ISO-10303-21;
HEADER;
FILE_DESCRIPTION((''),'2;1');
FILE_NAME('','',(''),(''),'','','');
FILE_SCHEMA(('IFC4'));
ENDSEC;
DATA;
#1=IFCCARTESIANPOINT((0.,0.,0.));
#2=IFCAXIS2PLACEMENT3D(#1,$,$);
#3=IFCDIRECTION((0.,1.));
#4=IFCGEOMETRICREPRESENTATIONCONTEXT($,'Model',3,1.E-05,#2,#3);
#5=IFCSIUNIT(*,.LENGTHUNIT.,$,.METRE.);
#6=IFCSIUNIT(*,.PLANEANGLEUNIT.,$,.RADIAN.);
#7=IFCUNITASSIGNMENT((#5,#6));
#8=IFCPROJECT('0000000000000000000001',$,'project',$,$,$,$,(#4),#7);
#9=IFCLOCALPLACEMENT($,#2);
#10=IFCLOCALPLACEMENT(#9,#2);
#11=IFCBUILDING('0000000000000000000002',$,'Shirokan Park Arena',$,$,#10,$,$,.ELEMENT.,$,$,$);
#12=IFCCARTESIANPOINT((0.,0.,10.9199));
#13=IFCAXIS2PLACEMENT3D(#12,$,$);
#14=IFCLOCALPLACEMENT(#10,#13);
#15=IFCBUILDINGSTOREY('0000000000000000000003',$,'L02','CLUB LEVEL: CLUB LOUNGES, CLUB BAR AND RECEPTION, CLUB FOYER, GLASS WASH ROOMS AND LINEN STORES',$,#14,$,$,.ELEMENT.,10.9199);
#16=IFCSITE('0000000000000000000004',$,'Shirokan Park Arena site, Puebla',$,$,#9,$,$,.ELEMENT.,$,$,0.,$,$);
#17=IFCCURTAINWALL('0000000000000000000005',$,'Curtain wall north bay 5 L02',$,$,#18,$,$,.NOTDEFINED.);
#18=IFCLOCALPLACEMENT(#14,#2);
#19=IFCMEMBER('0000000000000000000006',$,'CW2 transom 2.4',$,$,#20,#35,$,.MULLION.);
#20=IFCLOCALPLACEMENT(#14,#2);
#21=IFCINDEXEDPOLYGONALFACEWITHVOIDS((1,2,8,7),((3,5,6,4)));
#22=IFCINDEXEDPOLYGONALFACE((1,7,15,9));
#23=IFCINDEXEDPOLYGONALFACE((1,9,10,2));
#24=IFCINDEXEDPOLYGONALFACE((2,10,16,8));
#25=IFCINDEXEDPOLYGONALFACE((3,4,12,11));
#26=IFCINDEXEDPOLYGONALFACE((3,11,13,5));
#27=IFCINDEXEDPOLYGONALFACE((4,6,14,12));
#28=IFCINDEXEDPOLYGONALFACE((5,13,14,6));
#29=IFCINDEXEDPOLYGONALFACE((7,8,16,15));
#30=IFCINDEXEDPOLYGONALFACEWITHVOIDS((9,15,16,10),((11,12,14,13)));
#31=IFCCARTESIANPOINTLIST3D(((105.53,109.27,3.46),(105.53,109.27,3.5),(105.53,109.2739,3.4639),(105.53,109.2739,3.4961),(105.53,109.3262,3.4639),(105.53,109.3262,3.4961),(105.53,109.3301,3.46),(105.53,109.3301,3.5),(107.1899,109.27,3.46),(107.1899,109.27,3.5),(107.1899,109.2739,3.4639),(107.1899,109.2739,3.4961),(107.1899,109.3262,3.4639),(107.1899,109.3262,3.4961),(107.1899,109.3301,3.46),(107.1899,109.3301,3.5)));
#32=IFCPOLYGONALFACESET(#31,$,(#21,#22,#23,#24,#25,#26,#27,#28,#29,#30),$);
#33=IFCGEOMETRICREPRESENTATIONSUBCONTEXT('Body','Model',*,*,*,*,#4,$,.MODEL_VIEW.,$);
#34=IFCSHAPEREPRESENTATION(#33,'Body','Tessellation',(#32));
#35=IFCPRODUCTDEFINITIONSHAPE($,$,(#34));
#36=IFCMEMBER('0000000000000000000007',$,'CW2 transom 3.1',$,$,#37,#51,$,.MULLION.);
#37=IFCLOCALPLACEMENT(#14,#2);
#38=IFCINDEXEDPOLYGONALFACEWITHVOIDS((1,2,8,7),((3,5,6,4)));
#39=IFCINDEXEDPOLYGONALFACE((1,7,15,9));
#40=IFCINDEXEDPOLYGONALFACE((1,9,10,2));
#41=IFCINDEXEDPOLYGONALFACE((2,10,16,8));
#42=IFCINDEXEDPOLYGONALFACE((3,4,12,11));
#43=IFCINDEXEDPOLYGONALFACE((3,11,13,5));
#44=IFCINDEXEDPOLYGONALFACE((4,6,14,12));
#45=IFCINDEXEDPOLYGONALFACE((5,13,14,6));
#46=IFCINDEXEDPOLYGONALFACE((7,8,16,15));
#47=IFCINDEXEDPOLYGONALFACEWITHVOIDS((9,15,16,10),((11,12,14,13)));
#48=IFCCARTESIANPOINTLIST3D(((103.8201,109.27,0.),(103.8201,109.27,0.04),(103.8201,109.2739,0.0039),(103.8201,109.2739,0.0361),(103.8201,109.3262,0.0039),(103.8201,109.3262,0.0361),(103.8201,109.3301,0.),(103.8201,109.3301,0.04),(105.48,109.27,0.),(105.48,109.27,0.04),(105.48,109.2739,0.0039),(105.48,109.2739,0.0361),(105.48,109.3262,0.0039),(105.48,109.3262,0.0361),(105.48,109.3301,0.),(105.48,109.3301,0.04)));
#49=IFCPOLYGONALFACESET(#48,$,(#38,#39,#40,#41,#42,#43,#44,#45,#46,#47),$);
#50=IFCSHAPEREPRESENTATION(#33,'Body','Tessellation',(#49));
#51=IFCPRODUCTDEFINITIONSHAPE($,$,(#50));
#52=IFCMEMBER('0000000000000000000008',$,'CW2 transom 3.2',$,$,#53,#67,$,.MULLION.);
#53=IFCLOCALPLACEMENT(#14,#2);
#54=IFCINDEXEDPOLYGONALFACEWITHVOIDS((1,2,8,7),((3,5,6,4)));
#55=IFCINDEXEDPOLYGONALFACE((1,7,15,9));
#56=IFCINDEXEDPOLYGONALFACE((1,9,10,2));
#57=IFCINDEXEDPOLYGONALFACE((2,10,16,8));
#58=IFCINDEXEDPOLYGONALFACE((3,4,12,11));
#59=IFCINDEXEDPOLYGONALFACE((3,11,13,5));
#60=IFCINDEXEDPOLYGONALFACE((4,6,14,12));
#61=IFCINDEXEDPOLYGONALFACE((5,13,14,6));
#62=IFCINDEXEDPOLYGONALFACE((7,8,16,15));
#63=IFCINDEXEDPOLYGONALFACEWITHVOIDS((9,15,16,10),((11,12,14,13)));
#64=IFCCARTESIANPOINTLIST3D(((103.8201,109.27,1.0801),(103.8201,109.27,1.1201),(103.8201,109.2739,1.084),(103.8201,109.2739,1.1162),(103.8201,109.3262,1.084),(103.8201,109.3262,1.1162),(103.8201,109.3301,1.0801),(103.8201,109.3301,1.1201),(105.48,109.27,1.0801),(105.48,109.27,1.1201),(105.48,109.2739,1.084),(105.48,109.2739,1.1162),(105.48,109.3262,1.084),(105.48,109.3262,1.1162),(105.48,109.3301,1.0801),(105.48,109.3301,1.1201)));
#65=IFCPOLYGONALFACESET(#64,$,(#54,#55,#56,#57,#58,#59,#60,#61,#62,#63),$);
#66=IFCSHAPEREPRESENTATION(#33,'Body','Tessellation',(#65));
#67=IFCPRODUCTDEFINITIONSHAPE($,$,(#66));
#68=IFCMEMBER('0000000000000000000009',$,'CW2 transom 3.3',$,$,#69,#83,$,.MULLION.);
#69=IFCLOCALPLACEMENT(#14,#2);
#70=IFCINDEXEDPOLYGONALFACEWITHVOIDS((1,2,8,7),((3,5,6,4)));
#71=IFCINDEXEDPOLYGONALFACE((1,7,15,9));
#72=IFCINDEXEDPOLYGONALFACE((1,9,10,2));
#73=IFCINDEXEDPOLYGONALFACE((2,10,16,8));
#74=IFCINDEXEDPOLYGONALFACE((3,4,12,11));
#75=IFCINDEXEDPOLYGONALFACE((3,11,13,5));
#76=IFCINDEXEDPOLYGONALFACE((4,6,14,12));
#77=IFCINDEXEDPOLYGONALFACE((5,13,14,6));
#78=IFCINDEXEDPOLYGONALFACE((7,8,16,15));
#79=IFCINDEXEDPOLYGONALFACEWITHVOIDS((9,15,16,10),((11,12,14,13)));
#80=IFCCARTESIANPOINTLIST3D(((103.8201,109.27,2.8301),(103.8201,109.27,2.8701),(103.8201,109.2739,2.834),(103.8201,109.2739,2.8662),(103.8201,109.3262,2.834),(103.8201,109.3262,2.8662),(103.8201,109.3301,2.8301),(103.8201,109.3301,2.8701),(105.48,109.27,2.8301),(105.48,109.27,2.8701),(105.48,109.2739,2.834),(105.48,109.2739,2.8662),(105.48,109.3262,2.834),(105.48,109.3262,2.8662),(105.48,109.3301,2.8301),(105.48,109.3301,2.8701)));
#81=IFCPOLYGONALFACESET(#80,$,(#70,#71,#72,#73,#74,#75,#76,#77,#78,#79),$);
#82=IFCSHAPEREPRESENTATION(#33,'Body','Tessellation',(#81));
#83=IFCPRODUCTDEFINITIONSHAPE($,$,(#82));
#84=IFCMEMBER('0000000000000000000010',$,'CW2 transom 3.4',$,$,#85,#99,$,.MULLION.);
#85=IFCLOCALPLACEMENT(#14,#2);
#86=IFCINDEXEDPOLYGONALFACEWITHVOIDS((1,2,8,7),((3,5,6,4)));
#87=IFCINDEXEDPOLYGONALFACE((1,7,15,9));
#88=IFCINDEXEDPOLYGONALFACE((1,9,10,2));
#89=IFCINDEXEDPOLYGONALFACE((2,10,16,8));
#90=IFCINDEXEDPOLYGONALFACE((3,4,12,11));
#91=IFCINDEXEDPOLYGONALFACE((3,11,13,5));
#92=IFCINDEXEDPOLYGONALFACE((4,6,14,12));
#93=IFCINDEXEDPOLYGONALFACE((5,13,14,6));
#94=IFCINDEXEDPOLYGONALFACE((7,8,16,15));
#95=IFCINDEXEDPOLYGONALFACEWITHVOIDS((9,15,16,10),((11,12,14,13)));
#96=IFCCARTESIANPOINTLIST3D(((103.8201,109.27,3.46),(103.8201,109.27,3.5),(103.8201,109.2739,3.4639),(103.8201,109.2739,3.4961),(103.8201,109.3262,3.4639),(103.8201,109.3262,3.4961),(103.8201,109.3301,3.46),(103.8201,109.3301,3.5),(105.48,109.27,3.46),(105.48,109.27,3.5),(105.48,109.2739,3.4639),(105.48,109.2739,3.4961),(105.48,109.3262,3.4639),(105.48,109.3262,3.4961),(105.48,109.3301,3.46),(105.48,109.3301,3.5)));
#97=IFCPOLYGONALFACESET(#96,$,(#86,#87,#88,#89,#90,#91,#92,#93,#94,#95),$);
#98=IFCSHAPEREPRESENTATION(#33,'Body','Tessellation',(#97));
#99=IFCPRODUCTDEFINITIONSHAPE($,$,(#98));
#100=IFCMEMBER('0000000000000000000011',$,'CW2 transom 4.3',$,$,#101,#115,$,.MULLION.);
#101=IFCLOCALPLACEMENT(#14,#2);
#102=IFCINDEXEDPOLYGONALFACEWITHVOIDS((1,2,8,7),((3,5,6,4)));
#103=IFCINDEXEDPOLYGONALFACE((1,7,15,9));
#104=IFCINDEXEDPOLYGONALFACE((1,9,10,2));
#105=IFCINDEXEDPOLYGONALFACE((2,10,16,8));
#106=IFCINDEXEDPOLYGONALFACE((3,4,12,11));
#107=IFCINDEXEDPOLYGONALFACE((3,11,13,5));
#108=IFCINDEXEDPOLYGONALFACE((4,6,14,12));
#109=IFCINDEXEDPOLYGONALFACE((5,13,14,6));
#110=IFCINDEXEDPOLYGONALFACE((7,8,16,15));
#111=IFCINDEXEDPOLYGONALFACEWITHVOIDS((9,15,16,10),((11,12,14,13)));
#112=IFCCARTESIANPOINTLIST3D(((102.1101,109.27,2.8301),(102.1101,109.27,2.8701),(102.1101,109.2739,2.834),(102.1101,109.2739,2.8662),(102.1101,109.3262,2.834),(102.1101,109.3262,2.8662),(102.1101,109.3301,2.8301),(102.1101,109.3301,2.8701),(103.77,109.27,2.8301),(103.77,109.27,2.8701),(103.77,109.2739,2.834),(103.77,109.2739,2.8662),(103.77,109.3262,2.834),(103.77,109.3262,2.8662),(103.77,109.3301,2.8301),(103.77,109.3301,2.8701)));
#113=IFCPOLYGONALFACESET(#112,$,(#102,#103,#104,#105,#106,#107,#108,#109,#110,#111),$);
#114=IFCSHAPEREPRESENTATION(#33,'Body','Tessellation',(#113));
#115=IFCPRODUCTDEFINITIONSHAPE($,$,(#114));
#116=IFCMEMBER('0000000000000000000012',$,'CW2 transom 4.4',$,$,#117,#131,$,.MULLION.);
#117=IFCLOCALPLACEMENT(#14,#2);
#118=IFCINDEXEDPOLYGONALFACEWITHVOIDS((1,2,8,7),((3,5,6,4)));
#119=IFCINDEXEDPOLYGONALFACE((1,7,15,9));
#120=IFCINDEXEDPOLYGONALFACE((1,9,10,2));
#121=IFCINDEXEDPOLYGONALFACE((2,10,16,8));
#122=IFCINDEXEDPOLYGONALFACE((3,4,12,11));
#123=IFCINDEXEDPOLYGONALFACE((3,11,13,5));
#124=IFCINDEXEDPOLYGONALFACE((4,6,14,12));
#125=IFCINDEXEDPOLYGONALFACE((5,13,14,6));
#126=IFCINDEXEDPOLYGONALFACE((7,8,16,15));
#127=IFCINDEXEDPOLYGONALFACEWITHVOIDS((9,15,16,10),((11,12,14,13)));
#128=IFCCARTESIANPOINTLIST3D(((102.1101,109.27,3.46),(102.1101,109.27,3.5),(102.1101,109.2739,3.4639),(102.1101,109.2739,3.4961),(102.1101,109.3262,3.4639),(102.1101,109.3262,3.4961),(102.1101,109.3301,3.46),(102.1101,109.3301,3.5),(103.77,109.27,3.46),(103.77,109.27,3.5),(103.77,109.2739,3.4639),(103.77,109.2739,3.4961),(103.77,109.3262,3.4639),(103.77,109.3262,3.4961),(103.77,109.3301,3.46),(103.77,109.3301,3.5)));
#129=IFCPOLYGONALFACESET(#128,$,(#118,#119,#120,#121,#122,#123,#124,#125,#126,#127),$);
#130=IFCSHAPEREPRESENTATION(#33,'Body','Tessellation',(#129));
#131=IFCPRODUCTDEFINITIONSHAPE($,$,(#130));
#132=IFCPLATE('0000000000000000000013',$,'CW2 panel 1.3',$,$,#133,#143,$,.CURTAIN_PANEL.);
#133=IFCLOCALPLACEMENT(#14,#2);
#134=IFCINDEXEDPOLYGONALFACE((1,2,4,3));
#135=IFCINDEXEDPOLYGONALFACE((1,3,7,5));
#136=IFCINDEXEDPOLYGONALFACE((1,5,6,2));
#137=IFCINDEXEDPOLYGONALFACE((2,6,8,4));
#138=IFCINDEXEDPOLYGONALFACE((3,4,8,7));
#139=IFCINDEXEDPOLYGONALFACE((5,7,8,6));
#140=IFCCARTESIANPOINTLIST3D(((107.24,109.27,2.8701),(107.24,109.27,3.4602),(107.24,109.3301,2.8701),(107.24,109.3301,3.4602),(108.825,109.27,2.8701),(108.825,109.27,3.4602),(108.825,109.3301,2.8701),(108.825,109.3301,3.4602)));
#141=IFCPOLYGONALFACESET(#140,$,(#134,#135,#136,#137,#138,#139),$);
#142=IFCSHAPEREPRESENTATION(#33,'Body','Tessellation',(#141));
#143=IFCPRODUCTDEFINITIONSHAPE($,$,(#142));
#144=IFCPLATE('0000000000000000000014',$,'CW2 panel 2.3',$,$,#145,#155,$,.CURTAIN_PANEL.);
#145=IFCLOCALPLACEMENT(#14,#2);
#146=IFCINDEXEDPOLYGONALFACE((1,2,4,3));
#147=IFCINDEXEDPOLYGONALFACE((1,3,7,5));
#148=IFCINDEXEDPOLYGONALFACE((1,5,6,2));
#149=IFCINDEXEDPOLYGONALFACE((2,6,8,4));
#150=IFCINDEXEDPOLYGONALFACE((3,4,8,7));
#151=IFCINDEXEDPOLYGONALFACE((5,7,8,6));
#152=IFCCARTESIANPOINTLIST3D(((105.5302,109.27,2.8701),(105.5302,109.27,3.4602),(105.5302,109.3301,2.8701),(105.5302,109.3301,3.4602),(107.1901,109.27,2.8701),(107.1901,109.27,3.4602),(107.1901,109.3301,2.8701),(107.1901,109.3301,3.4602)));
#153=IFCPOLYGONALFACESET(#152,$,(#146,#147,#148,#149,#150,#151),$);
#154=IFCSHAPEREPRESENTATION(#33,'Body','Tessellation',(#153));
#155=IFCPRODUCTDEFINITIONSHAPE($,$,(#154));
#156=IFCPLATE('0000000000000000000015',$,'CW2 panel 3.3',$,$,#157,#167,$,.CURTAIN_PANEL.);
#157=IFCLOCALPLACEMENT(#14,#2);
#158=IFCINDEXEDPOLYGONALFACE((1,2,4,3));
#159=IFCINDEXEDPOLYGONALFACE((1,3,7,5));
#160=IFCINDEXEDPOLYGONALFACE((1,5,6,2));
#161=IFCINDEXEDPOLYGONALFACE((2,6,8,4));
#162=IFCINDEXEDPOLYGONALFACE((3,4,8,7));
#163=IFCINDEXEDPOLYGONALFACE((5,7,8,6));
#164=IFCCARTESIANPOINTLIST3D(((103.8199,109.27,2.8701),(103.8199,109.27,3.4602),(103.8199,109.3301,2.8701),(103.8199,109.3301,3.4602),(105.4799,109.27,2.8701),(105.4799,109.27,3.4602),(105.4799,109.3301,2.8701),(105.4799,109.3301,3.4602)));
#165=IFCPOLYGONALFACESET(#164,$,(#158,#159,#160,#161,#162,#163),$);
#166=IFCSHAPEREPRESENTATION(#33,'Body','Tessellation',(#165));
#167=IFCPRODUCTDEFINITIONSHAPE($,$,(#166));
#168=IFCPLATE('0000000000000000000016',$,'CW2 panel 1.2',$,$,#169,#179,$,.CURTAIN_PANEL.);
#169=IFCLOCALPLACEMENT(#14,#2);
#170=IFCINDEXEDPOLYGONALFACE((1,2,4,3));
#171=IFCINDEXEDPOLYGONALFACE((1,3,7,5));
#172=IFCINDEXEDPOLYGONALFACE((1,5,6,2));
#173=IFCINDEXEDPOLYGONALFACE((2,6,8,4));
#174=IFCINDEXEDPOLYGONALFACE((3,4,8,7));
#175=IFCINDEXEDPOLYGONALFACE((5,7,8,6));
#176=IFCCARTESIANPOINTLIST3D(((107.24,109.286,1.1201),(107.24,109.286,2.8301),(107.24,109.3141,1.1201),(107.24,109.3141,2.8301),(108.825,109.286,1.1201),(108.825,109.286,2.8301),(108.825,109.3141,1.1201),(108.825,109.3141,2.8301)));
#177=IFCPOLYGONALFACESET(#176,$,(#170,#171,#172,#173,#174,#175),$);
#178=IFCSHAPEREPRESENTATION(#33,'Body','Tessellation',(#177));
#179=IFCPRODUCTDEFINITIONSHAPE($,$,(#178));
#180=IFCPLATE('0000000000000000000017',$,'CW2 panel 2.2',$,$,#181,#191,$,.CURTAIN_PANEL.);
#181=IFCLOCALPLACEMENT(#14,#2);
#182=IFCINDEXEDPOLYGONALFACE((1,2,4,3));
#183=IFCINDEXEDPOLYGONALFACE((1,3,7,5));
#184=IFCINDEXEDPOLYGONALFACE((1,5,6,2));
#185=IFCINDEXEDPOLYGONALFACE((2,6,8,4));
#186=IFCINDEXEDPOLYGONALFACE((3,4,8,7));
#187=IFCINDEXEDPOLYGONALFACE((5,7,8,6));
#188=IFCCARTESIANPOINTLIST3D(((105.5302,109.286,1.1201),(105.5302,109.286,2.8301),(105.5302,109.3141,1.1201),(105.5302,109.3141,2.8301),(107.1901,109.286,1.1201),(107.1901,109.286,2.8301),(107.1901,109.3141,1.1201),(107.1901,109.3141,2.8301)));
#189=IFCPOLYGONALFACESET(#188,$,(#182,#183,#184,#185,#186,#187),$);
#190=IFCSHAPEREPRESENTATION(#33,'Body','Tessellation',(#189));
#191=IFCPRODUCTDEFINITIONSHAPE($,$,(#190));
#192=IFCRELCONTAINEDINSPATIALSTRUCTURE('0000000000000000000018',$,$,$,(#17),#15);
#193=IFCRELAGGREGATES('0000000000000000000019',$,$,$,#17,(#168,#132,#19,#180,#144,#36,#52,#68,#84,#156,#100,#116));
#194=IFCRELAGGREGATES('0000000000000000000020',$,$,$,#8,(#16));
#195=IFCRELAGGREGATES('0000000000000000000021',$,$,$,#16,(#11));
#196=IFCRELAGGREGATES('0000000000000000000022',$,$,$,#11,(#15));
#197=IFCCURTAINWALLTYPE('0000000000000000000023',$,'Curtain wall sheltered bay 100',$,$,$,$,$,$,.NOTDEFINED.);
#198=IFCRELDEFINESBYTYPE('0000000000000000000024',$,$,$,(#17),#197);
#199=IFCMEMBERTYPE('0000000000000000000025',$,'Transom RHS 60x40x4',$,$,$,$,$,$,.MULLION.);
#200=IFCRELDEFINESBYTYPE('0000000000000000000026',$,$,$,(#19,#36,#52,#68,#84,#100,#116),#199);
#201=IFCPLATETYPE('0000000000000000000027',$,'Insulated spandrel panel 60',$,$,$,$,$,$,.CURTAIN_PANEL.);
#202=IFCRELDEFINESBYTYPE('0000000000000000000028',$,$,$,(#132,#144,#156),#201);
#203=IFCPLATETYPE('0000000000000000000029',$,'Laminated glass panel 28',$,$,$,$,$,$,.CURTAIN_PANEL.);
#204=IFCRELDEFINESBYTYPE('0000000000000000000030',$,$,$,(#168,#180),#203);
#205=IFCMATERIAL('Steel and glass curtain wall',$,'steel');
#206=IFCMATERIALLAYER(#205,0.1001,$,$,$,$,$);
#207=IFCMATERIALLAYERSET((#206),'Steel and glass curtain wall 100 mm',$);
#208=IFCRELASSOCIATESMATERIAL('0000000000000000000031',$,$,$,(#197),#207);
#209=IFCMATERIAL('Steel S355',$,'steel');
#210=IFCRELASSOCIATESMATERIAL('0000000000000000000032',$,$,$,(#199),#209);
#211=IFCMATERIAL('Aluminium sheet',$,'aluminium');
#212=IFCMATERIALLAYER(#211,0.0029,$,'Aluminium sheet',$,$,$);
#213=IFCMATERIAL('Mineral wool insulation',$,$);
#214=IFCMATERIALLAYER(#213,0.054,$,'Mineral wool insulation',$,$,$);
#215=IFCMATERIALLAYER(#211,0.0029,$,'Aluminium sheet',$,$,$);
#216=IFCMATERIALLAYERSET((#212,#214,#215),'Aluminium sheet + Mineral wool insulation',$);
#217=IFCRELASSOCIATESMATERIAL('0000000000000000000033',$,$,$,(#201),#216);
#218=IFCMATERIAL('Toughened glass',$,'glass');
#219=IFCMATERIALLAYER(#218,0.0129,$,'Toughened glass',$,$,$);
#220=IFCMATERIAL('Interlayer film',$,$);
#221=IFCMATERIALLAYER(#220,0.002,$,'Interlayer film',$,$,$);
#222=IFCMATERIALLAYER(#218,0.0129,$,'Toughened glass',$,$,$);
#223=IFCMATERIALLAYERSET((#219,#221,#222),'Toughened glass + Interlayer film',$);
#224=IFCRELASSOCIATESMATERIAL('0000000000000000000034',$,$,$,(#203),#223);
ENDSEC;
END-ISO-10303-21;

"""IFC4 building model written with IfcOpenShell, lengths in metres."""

from ifc_helpers import new_model, si_unit, direction, frame, origin, origin_2d, place, context, subcontext, project, spatial, rectangle, hollow_rectangle, extrude, material, layer, layer_set, material_profile, profile_set, type_object, element, aggregate, save


model = new_model("IFC4")

# Units and contexts
model_context = context("Model", 3, precision=1e-05, world=origin(), true_north=direction((0.0, 1.0)))
body_context = subcontext(model_context, "Body", "Model", "MODEL_VIEW")
ifc_project = project(units=[si_unit("LENGTHUNIT", "METRE"), si_unit("PLANEANGLEUNIT", "RADIAN")], contexts=[model_context])

# Site, building, storey
site_placement = place(None, origin())
site = spatial("IfcSite", under=ifc_project, at=site_placement, Name="Shirokan Park Arena site, Puebla", CompositionType="ELEMENT", RefElevation=0.0)
building_placement = place(site_placement, origin())
building = spatial("IfcBuilding", under=site, at=building_placement, Name="Shirokan Park Arena", CompositionType="ELEMENT")
storey_placement = place(building_placement, frame((0.0, 0.0, 10.9199)))
storey = spatial("IfcBuildingStorey", under=building, at=storey_placement, Name="L02", Description="CLUB LEVEL: CLUB LOUNGES, CLUB BAR AND RECEPTION, CLUB FOYER, GLASS WASH ROOMS AND LINEN STORES", CompositionType="ELEMENT", Elevation=10.9199)

# Curtain wall, members, plates
ifc_material_1 = material(Name="Steel and glass curtain wall", Category="steel")
ifc_layer_1 = layer(ifc_material_1, 0.1001)
ifc_layer_set_1 = layer_set([ifc_layer_1], Name="Steel and glass curtain wall 100 mm")
curtain_wall_type = type_object("IfcCurtainWallType", Name="Curtain wall sheltered bay 100", PredefinedType="NOTDEFINED", material=ifc_layer_set_1)
curtain_wall_placement = place(storey_placement, origin())
curtain_wall = element("IfcCurtainWall", 1, at=curtain_wall_placement, inside=storey, type_object=curtain_wall_type, Name="Curtain wall north bay 5 L02", PredefinedType="NOTDEFINED")
ifc_material_2 = material(Name="Steel S355", Category="steel")
ifc_material_profile_1 = material_profile(ifc_material_2, hollow_rectangle(XDim=0.0601, YDim=0.04, WallThickness=0.0039, at=origin_2d()), Name="RHS 60x40x4")
ifc_profile_set_1 = profile_set([ifc_material_profile_1], Name="Steel S355")
member_type_1 = type_object("IfcMemberType", Name="Transom RHS 60x40x4", PredefinedType="MULLION", material=ifc_profile_set_1)
member_1_placement = place(storey_placement, frame((107.1899, 109.3, 3.48), z_axis=(-1.0, 0.0, 0.0), x_axis=(0.0, -1.0, 0.0)))
member_1 = element("IfcMember", 2, at=member_1_placement, type_object=member_type_1, Name="CW2 transom 2.4", PredefinedType="MULLION", context=body_context, shape_type="SweptSolid", body=[
    extrude(hollow_rectangle(XDim=0.0601, YDim=0.04, WallThickness=0.0039, at=origin_2d()), origin(), (0.0, 0.0, 1.0), 1.6599),
])
member_2_placement = place(storey_placement, frame((105.48, 109.3, 0.02), z_axis=(-1.0, 0.0, 0.0), x_axis=(0.0, -1.0, 0.0)))
member_2 = element("IfcMember", 3, at=member_2_placement, type_object=member_type_1, Name="CW2 transom 3.1", PredefinedType="MULLION", context=body_context, shape_type="SweptSolid", body=[
    extrude(hollow_rectangle(XDim=0.0601, YDim=0.04, WallThickness=0.0039, at=origin_2d()), origin(), (0.0, 0.0, 1.0), 1.6599),
])
member_3_placement = place(storey_placement, frame((105.48, 109.3, 1.1001), z_axis=(-1.0, 0.0, 0.0), x_axis=(0.0, -1.0, 0.0)))
member_3 = element("IfcMember", 4, at=member_3_placement, type_object=member_type_1, Name="CW2 transom 3.2", PredefinedType="MULLION", context=body_context, shape_type="SweptSolid", body=[
    extrude(hollow_rectangle(XDim=0.0601, YDim=0.04, WallThickness=0.0039, at=origin_2d()), origin(), (0.0, 0.0, 1.0), 1.6599),
])
member_4_placement = place(storey_placement, frame((105.48, 109.3, 2.8501), z_axis=(-1.0, 0.0, 0.0), x_axis=(0.0, -1.0, 0.0)))
member_4 = element("IfcMember", 5, at=member_4_placement, type_object=member_type_1, Name="CW2 transom 3.3", PredefinedType="MULLION", context=body_context, shape_type="SweptSolid", body=[
    extrude(hollow_rectangle(XDim=0.0601, YDim=0.04, WallThickness=0.0039, at=origin_2d()), origin(), (0.0, 0.0, 1.0), 1.6599),
])
member_5_placement = place(storey_placement, frame((105.48, 109.3, 3.48), z_axis=(-1.0, 0.0, 0.0), x_axis=(0.0, -1.0, 0.0)))
member_5 = element("IfcMember", 6, at=member_5_placement, type_object=member_type_1, Name="CW2 transom 3.4", PredefinedType="MULLION", context=body_context, shape_type="SweptSolid", body=[
    extrude(hollow_rectangle(XDim=0.0601, YDim=0.04, WallThickness=0.0039, at=origin_2d()), origin(), (0.0, 0.0, 1.0), 1.6599),
])
member_6_placement = place(storey_placement, frame((103.77, 109.3, 2.8501), z_axis=(-1.0, 0.0, 0.0), x_axis=(0.0, -1.0, 0.0)))
member_6 = element("IfcMember", 7, at=member_6_placement, type_object=member_type_1, Name="CW2 transom 4.3", PredefinedType="MULLION", context=body_context, shape_type="SweptSolid", body=[
    extrude(hollow_rectangle(XDim=0.0601, YDim=0.04, WallThickness=0.0039, at=origin_2d()), origin(), (0.0, 0.0, 1.0), 1.6599),
])
member_7_placement = place(storey_placement, frame((103.77, 109.3, 3.48), z_axis=(-1.0, 0.0, 0.0), x_axis=(0.0, -1.0, 0.0)))
member_7 = element("IfcMember", 8, at=member_7_placement, type_object=member_type_1, Name="CW2 transom 4.4", PredefinedType="MULLION", context=body_context, shape_type="SweptSolid", body=[
    extrude(hollow_rectangle(XDim=0.0601, YDim=0.04, WallThickness=0.0039, at=origin_2d()), origin(), (0.0, 0.0, 1.0), 1.6599),
])
ifc_material_3 = material(Name="Aluminium sheet", Category="aluminium")
ifc_layer_2 = layer(ifc_material_3, 0.0029, Name="Aluminium sheet")
ifc_material_4 = material(Name="Mineral wool insulation")
ifc_layer_3 = layer(ifc_material_4, 0.054, Name="Mineral wool insulation")
ifc_layer_4 = layer(ifc_material_3, 0.0029, Name="Aluminium sheet")
ifc_layer_set_2 = layer_set([ifc_layer_2, ifc_layer_3, ifc_layer_4], Name="Aluminium sheet + Mineral wool insulation")
plate_type_1 = type_object("IfcPlateType", Name="Insulated spandrel panel 60", PredefinedType="CURTAIN_PANEL", material=ifc_layer_set_2)
plate_1_placement = place(storey_placement, frame((108.0325, 109.3, 2.8701), z_axis=(0.0, 0.0, 1.0), x_axis=(-1.0, 0.0, 0.0)))
plate_1 = element("IfcPlate", 9, at=plate_1_placement, type_object=plate_type_1, Name="CW2 panel 1.3", PredefinedType="CURTAIN_PANEL", context=body_context, shape_type="SweptSolid", body=[
    extrude(rectangle(XDim=1.585, YDim=0.0601, at=origin_2d()), origin(), (0.0, 0.0, 1.0), 0.5901),
])
plate_2_placement = place(storey_placement, frame((106.3601, 109.3, 2.8701), z_axis=(0.0, 0.0, 1.0), x_axis=(-1.0, 0.0, 0.0)))
plate_2 = element("IfcPlate", 10, at=plate_2_placement, type_object=plate_type_1, Name="CW2 panel 2.3", PredefinedType="CURTAIN_PANEL", context=body_context, shape_type="SweptSolid", body=[
    extrude(rectangle(XDim=1.6599, YDim=0.0601, at=origin_2d()), origin(), (0.0, 0.0, 1.0), 0.5901),
])
plate_3_placement = place(storey_placement, frame((104.6499, 109.3, 2.8701), z_axis=(0.0, 0.0, 1.0), x_axis=(-1.0, 0.0, 0.0)))
plate_3 = element("IfcPlate", 11, at=plate_3_placement, type_object=plate_type_1, Name="CW2 panel 3.3", PredefinedType="CURTAIN_PANEL", context=body_context, shape_type="SweptSolid", body=[
    extrude(rectangle(XDim=1.6599, YDim=0.0601, at=origin_2d()), origin(), (0.0, 0.0, 1.0), 0.5901),
])
ifc_material_5 = material(Name="Toughened glass", Category="glass")
ifc_layer_5 = layer(ifc_material_5, 0.0129, Name="Toughened glass")
ifc_material_6 = material(Name="Interlayer film")
ifc_layer_6 = layer(ifc_material_6, 0.002, Name="Interlayer film")
ifc_layer_7 = layer(ifc_material_5, 0.0129, Name="Toughened glass")
ifc_layer_set_3 = layer_set([ifc_layer_5, ifc_layer_6, ifc_layer_7], Name="Toughened glass + Interlayer film")
plate_type_2 = type_object("IfcPlateType", Name="Laminated glass panel 28", PredefinedType="CURTAIN_PANEL", material=ifc_layer_set_3)
plate_4_placement = place(storey_placement, frame((108.0325, 109.3, 1.1201), z_axis=(0.0, 0.0, 1.0), x_axis=(-1.0, 0.0, 0.0)))
plate_4 = element("IfcPlate", 12, at=plate_4_placement, type_object=plate_type_2, Name="CW2 panel 1.2", PredefinedType="CURTAIN_PANEL", context=body_context, shape_type="SweptSolid", body=[
    extrude(rectangle(XDim=1.585, YDim=0.0281, at=origin_2d()), origin(), (0.0, 0.0, 1.0), 1.71),
])
plate_5_placement = place(storey_placement, frame((106.3601, 109.3, 1.1201), z_axis=(0.0, 0.0, 1.0), x_axis=(-1.0, 0.0, 0.0)))
plate_5 = element("IfcPlate", 13, at=plate_5_placement, type_object=plate_type_2, Name="CW2 panel 2.2", PredefinedType="CURTAIN_PANEL", context=body_context, shape_type="SweptSolid", body=[
    extrude(rectangle(XDim=1.6599, YDim=0.0281, at=origin_2d()), origin(), (0.0, 0.0, 1.0), 1.71),
])
aggregate(curtain_wall, [plate_4, plate_1, member_1, plate_5, plate_2, member_2, member_3, member_4, member_5, plate_3, member_6, member_7])

save(model, "model.ifc")
